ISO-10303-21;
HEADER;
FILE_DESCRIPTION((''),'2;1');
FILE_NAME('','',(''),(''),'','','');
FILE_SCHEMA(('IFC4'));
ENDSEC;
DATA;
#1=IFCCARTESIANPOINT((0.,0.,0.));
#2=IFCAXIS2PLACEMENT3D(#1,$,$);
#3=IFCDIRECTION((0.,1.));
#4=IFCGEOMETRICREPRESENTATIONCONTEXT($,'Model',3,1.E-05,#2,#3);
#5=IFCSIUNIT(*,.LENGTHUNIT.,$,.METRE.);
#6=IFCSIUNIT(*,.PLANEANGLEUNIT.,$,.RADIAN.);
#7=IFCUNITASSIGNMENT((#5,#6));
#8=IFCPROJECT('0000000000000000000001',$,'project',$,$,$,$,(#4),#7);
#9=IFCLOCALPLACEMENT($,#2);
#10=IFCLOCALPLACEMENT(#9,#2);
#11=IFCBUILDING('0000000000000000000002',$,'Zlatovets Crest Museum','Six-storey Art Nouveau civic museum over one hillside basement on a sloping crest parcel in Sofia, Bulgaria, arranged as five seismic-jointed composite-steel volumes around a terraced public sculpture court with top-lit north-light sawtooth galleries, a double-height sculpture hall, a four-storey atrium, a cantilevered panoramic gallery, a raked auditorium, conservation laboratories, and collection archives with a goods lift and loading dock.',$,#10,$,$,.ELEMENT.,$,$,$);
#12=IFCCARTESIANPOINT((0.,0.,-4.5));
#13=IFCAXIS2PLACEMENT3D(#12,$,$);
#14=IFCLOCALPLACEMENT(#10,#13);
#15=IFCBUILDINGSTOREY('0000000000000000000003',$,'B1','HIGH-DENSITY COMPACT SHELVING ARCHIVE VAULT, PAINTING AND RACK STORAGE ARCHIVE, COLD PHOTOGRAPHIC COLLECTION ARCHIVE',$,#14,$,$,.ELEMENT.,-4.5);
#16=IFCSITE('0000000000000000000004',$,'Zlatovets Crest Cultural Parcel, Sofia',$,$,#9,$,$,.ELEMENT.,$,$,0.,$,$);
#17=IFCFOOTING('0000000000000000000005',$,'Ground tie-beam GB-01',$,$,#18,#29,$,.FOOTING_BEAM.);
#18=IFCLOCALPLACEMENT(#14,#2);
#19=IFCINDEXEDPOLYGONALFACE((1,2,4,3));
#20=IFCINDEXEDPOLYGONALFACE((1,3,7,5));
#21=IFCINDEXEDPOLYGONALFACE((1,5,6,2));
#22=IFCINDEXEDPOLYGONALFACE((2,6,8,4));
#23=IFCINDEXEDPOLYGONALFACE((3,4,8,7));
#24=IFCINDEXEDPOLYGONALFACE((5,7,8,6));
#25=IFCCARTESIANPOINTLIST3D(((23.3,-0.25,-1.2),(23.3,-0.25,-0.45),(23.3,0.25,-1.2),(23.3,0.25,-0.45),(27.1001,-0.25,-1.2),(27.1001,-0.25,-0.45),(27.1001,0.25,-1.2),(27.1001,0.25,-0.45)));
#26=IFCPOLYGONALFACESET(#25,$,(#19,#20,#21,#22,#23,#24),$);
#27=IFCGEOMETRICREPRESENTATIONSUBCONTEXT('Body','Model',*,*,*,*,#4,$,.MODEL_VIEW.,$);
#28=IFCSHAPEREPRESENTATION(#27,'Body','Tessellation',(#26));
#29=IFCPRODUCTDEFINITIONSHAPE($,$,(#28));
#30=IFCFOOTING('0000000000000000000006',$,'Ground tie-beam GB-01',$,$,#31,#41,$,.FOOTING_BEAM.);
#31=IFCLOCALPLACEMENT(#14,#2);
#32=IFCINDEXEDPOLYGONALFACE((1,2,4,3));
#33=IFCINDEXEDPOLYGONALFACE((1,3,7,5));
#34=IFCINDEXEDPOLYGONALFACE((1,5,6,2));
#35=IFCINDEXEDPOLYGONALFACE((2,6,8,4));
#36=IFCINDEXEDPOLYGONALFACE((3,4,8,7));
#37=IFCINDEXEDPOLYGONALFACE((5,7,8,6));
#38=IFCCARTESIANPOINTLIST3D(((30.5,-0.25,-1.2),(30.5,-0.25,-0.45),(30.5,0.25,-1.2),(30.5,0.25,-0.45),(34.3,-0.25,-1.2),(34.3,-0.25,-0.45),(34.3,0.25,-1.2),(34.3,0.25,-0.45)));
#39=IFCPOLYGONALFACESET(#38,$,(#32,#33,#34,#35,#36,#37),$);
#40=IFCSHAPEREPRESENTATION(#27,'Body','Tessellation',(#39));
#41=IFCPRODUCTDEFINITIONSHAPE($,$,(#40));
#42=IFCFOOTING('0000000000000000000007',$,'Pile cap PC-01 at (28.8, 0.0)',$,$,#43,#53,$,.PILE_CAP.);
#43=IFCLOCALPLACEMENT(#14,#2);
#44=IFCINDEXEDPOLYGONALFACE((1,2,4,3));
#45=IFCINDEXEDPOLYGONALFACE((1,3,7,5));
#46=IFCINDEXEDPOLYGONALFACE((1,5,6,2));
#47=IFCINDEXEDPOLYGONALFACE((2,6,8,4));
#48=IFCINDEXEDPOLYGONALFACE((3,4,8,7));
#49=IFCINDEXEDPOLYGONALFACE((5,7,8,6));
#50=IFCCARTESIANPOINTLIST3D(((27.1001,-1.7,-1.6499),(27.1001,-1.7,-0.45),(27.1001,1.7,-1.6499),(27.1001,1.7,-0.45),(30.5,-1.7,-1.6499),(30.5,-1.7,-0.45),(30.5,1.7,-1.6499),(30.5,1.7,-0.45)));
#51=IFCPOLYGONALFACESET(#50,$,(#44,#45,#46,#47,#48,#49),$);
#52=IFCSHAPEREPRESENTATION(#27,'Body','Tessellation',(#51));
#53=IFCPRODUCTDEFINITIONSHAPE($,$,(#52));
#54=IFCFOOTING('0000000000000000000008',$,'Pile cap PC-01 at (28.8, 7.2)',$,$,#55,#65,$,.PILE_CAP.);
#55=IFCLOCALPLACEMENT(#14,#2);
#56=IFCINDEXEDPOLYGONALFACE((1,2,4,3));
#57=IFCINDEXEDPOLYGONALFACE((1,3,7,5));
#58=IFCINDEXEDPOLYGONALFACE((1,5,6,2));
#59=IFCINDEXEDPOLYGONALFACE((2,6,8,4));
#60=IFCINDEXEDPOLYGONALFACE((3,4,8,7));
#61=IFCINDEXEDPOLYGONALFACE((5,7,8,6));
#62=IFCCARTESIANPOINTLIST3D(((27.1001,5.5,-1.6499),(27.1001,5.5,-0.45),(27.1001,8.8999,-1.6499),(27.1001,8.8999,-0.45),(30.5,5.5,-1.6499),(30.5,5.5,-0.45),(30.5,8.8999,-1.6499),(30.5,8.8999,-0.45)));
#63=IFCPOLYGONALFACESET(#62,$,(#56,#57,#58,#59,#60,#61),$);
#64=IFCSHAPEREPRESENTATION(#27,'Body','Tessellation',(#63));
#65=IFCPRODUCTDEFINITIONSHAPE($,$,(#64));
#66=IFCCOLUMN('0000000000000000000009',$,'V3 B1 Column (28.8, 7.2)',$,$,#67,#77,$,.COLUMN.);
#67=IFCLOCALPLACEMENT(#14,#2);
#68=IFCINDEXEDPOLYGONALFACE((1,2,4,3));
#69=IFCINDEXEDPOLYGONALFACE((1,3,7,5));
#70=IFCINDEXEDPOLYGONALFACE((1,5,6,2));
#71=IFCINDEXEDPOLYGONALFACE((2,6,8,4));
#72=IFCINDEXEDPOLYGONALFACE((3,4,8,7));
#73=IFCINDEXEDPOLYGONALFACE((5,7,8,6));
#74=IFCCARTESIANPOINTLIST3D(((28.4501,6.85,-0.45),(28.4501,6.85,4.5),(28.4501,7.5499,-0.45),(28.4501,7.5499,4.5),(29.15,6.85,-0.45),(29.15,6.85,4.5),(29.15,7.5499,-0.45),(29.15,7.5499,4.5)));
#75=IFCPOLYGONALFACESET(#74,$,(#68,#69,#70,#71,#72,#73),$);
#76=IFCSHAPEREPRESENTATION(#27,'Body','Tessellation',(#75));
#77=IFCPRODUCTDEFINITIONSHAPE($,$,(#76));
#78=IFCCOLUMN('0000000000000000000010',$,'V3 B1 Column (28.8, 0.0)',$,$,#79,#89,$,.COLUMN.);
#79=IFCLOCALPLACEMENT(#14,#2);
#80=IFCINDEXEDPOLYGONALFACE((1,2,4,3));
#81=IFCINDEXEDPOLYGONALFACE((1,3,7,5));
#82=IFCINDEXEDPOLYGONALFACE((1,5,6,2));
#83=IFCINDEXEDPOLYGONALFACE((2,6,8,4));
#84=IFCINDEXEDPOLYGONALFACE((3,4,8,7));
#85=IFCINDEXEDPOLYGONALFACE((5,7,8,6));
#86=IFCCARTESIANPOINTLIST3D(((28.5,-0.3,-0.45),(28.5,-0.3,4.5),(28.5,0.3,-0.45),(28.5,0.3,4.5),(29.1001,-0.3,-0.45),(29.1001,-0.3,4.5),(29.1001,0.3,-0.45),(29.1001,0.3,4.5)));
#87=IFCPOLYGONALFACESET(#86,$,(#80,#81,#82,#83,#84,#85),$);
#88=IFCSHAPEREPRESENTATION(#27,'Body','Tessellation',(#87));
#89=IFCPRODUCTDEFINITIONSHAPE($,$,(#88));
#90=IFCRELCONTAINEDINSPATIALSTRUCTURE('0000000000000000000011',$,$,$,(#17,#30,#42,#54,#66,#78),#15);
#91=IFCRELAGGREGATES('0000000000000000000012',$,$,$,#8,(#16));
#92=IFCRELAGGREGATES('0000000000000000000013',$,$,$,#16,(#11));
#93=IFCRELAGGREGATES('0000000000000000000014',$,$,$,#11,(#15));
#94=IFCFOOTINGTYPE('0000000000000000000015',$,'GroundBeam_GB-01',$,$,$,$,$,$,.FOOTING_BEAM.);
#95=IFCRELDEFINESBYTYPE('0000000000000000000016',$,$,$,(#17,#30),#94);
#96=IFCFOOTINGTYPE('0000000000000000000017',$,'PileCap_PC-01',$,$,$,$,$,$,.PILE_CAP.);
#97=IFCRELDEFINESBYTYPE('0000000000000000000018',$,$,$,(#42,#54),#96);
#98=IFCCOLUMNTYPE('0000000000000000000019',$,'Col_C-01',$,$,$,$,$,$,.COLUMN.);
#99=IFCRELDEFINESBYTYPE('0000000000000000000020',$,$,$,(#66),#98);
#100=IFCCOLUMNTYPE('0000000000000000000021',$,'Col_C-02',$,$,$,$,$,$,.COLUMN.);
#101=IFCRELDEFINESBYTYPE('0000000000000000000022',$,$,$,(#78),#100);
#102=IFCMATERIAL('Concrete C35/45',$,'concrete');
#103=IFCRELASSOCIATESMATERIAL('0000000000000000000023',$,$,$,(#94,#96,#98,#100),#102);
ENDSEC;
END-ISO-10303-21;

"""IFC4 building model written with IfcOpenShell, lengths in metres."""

from ifc_helpers import new_model, si_unit, direction, frame, origin, origin_2d, place, context, subcontext, project, spatial, rectangle, extrude, material, material_profile, profile_set, type_object, element, save


model = new_model("IFC4")

# Units and contexts
model_context = context("Model", 3, precision=1e-05, world=origin(), true_north=direction((0.0, 1.0)))
body_context = subcontext(model_context, "Body", "Model", "MODEL_VIEW")
ifc_project = project(units=[si_unit("LENGTHUNIT", "METRE"), si_unit("PLANEANGLEUNIT", "RADIAN")], contexts=[model_context])

# Site, building, storey
site_placement = place(None, origin())
site = spatial("IfcSite", under=ifc_project, at=site_placement, Name="Zlatovets Crest Cultural Parcel, Sofia", CompositionType="ELEMENT", RefElevation=0.0)
building_placement = place(site_placement, origin())
building = spatial("IfcBuilding", under=site, at=building_placement, Name="Zlatovets Crest Museum", Description="Six-storey Art Nouveau civic museum over one hillside basement on a sloping crest parcel in Sofia, Bulgaria, arranged as five seismic-jointed composite-steel volumes around a terraced public sculpture court with top-lit north-light sawtooth galleries, a double-height sculpture hall, a four-storey atrium, a cantilevered panoramic gallery, a raked auditorium, conservation laboratories, and collection archives with a goods lift and loading dock.", CompositionType="ELEMENT")
storey_placement = place(building_placement, frame((0.0, 0.0, -4.5)))
storey = spatial("IfcBuildingStorey", under=building, at=storey_placement, Name="B1", Description="HIGH-DENSITY COMPACT SHELVING ARCHIVE VAULT, PAINTING AND RACK STORAGE ARCHIVE, COLD PHOTOGRAPHIC COLLECTION ARCHIVE", CompositionType="ELEMENT", Elevation=-4.5)

# Shared definitions
ifc_material = material(Name="Concrete C35/45", Category="concrete")

# Footings
ifc_material_profile_1 = material_profile(ifc_material, rectangle(XDim=0.5, YDim=0.75, at=origin_2d()), Name="RC 500x750")
ifc_profile_set_1 = profile_set([ifc_material_profile_1], Name="Concrete C35/45")
footing_type_1 = type_object("IfcFootingType", Name="GroundBeam_GB-01", PredefinedType="FOOTING_BEAM", material=ifc_profile_set_1)
for number, where, z_axis, x_axis, name in (
    (1, (23.3, 0.0, -0.825), (1.0, 0.0, 0.0), (0.0, 1.0, 0.0), "Ground tie-beam GB-01"),
    (2, (30.5, 0.0, -0.825), (1.0, 0.0, 0.0), (0.0, 1.0, 0.0), "Ground tie-beam GB-01"),
):
    element("IfcFooting", number, at=place(storey_placement, frame(where, z_axis=z_axis, x_axis=x_axis)), inside=storey, type_object=footing_type_1, Name=name, PredefinedType="FOOTING_BEAM", context=body_context, shape_type="SweptSolid", body=[
        extrude(rectangle(XDim=0.5, YDim=0.75, at=origin_2d()), origin(), (0.0, 0.0, 1.0), 3.8),
    ])
footing_type_2 = type_object("IfcFootingType", Name="PileCap_PC-01", PredefinedType="PILE_CAP", material=ifc_material)
for number, where, z_axis, x_axis, name in (
    (3, (28.8, 0.0, -1.6499), (0.0, 0.0, 1.0), (1.0, 0.0, 0.0), "Pile cap PC-01 at (28.8, 0.0)"),
    (4, (28.8, 7.2, -1.6499), (0.0, 0.0, 1.0), (1.0, 0.0, 0.0), "Pile cap PC-01 at (28.8, 7.2)"),
):
    element("IfcFooting", number, at=place(storey_placement, frame(where, z_axis=z_axis, x_axis=x_axis)), inside=storey, type_object=footing_type_2, Name=name, PredefinedType="PILE_CAP", context=body_context, shape_type="SweptSolid", body=[
        extrude(rectangle(XDim=3.3999, YDim=3.3999, at=origin_2d()), origin(), (0.0, 0.0, 1.0), 1.2),
    ])

# Columns
ifc_material_profile_2 = material_profile(ifc_material, rectangle(XDim=0.7, YDim=0.7, at=origin_2d()), Name="RC 700x700")
ifc_profile_set_2 = profile_set([ifc_material_profile_2], Name="Concrete C35/45")
column_type_1 = type_object("IfcColumnType", Name="Col_C-01", PredefinedType="COLUMN", material=ifc_profile_set_2)
column_1_placement = place(storey_placement, frame((28.8, 7.2, -0.45), z_axis=(0.0, 0.0, 1.0), x_axis=(0.0, 1.0, 0.0)))
element("IfcColumn", 5, at=column_1_placement, inside=storey, type_object=column_type_1, Name="V3 B1 Column (28.8, 7.2)", PredefinedType="COLUMN", context=body_context, shape_type="SweptSolid", body=[
    extrude(rectangle(XDim=0.7, YDim=0.7, at=origin_2d()), origin(), (0.0, 0.0, 1.0), 4.95),
])
ifc_material_profile_3 = material_profile(ifc_material, rectangle(XDim=0.6001, YDim=0.6001, at=origin_2d()), Name="RC 600x600")
ifc_profile_set_3 = profile_set([ifc_material_profile_3], Name="Concrete C35/45")
column_type_2 = type_object("IfcColumnType", Name="Col_C-02", PredefinedType="COLUMN", material=ifc_profile_set_3)
column_2_placement = place(storey_placement, frame((28.8, 0.0, -0.45), z_axis=(0.0, 0.0, 1.0), x_axis=(1.0, 0.0, 0.0)))
element("IfcColumn", 6, at=column_2_placement, inside=storey, type_object=column_type_2, Name="V3 B1 Column (28.8, 0.0)", PredefinedType="COLUMN", context=body_context, shape_type="SweptSolid", body=[
    extrude(rectangle(XDim=0.6001, YDim=0.6001, at=origin_2d()), origin(), (0.0, 0.0, 1.0), 4.95),
])

save(model, "model.ifc")
